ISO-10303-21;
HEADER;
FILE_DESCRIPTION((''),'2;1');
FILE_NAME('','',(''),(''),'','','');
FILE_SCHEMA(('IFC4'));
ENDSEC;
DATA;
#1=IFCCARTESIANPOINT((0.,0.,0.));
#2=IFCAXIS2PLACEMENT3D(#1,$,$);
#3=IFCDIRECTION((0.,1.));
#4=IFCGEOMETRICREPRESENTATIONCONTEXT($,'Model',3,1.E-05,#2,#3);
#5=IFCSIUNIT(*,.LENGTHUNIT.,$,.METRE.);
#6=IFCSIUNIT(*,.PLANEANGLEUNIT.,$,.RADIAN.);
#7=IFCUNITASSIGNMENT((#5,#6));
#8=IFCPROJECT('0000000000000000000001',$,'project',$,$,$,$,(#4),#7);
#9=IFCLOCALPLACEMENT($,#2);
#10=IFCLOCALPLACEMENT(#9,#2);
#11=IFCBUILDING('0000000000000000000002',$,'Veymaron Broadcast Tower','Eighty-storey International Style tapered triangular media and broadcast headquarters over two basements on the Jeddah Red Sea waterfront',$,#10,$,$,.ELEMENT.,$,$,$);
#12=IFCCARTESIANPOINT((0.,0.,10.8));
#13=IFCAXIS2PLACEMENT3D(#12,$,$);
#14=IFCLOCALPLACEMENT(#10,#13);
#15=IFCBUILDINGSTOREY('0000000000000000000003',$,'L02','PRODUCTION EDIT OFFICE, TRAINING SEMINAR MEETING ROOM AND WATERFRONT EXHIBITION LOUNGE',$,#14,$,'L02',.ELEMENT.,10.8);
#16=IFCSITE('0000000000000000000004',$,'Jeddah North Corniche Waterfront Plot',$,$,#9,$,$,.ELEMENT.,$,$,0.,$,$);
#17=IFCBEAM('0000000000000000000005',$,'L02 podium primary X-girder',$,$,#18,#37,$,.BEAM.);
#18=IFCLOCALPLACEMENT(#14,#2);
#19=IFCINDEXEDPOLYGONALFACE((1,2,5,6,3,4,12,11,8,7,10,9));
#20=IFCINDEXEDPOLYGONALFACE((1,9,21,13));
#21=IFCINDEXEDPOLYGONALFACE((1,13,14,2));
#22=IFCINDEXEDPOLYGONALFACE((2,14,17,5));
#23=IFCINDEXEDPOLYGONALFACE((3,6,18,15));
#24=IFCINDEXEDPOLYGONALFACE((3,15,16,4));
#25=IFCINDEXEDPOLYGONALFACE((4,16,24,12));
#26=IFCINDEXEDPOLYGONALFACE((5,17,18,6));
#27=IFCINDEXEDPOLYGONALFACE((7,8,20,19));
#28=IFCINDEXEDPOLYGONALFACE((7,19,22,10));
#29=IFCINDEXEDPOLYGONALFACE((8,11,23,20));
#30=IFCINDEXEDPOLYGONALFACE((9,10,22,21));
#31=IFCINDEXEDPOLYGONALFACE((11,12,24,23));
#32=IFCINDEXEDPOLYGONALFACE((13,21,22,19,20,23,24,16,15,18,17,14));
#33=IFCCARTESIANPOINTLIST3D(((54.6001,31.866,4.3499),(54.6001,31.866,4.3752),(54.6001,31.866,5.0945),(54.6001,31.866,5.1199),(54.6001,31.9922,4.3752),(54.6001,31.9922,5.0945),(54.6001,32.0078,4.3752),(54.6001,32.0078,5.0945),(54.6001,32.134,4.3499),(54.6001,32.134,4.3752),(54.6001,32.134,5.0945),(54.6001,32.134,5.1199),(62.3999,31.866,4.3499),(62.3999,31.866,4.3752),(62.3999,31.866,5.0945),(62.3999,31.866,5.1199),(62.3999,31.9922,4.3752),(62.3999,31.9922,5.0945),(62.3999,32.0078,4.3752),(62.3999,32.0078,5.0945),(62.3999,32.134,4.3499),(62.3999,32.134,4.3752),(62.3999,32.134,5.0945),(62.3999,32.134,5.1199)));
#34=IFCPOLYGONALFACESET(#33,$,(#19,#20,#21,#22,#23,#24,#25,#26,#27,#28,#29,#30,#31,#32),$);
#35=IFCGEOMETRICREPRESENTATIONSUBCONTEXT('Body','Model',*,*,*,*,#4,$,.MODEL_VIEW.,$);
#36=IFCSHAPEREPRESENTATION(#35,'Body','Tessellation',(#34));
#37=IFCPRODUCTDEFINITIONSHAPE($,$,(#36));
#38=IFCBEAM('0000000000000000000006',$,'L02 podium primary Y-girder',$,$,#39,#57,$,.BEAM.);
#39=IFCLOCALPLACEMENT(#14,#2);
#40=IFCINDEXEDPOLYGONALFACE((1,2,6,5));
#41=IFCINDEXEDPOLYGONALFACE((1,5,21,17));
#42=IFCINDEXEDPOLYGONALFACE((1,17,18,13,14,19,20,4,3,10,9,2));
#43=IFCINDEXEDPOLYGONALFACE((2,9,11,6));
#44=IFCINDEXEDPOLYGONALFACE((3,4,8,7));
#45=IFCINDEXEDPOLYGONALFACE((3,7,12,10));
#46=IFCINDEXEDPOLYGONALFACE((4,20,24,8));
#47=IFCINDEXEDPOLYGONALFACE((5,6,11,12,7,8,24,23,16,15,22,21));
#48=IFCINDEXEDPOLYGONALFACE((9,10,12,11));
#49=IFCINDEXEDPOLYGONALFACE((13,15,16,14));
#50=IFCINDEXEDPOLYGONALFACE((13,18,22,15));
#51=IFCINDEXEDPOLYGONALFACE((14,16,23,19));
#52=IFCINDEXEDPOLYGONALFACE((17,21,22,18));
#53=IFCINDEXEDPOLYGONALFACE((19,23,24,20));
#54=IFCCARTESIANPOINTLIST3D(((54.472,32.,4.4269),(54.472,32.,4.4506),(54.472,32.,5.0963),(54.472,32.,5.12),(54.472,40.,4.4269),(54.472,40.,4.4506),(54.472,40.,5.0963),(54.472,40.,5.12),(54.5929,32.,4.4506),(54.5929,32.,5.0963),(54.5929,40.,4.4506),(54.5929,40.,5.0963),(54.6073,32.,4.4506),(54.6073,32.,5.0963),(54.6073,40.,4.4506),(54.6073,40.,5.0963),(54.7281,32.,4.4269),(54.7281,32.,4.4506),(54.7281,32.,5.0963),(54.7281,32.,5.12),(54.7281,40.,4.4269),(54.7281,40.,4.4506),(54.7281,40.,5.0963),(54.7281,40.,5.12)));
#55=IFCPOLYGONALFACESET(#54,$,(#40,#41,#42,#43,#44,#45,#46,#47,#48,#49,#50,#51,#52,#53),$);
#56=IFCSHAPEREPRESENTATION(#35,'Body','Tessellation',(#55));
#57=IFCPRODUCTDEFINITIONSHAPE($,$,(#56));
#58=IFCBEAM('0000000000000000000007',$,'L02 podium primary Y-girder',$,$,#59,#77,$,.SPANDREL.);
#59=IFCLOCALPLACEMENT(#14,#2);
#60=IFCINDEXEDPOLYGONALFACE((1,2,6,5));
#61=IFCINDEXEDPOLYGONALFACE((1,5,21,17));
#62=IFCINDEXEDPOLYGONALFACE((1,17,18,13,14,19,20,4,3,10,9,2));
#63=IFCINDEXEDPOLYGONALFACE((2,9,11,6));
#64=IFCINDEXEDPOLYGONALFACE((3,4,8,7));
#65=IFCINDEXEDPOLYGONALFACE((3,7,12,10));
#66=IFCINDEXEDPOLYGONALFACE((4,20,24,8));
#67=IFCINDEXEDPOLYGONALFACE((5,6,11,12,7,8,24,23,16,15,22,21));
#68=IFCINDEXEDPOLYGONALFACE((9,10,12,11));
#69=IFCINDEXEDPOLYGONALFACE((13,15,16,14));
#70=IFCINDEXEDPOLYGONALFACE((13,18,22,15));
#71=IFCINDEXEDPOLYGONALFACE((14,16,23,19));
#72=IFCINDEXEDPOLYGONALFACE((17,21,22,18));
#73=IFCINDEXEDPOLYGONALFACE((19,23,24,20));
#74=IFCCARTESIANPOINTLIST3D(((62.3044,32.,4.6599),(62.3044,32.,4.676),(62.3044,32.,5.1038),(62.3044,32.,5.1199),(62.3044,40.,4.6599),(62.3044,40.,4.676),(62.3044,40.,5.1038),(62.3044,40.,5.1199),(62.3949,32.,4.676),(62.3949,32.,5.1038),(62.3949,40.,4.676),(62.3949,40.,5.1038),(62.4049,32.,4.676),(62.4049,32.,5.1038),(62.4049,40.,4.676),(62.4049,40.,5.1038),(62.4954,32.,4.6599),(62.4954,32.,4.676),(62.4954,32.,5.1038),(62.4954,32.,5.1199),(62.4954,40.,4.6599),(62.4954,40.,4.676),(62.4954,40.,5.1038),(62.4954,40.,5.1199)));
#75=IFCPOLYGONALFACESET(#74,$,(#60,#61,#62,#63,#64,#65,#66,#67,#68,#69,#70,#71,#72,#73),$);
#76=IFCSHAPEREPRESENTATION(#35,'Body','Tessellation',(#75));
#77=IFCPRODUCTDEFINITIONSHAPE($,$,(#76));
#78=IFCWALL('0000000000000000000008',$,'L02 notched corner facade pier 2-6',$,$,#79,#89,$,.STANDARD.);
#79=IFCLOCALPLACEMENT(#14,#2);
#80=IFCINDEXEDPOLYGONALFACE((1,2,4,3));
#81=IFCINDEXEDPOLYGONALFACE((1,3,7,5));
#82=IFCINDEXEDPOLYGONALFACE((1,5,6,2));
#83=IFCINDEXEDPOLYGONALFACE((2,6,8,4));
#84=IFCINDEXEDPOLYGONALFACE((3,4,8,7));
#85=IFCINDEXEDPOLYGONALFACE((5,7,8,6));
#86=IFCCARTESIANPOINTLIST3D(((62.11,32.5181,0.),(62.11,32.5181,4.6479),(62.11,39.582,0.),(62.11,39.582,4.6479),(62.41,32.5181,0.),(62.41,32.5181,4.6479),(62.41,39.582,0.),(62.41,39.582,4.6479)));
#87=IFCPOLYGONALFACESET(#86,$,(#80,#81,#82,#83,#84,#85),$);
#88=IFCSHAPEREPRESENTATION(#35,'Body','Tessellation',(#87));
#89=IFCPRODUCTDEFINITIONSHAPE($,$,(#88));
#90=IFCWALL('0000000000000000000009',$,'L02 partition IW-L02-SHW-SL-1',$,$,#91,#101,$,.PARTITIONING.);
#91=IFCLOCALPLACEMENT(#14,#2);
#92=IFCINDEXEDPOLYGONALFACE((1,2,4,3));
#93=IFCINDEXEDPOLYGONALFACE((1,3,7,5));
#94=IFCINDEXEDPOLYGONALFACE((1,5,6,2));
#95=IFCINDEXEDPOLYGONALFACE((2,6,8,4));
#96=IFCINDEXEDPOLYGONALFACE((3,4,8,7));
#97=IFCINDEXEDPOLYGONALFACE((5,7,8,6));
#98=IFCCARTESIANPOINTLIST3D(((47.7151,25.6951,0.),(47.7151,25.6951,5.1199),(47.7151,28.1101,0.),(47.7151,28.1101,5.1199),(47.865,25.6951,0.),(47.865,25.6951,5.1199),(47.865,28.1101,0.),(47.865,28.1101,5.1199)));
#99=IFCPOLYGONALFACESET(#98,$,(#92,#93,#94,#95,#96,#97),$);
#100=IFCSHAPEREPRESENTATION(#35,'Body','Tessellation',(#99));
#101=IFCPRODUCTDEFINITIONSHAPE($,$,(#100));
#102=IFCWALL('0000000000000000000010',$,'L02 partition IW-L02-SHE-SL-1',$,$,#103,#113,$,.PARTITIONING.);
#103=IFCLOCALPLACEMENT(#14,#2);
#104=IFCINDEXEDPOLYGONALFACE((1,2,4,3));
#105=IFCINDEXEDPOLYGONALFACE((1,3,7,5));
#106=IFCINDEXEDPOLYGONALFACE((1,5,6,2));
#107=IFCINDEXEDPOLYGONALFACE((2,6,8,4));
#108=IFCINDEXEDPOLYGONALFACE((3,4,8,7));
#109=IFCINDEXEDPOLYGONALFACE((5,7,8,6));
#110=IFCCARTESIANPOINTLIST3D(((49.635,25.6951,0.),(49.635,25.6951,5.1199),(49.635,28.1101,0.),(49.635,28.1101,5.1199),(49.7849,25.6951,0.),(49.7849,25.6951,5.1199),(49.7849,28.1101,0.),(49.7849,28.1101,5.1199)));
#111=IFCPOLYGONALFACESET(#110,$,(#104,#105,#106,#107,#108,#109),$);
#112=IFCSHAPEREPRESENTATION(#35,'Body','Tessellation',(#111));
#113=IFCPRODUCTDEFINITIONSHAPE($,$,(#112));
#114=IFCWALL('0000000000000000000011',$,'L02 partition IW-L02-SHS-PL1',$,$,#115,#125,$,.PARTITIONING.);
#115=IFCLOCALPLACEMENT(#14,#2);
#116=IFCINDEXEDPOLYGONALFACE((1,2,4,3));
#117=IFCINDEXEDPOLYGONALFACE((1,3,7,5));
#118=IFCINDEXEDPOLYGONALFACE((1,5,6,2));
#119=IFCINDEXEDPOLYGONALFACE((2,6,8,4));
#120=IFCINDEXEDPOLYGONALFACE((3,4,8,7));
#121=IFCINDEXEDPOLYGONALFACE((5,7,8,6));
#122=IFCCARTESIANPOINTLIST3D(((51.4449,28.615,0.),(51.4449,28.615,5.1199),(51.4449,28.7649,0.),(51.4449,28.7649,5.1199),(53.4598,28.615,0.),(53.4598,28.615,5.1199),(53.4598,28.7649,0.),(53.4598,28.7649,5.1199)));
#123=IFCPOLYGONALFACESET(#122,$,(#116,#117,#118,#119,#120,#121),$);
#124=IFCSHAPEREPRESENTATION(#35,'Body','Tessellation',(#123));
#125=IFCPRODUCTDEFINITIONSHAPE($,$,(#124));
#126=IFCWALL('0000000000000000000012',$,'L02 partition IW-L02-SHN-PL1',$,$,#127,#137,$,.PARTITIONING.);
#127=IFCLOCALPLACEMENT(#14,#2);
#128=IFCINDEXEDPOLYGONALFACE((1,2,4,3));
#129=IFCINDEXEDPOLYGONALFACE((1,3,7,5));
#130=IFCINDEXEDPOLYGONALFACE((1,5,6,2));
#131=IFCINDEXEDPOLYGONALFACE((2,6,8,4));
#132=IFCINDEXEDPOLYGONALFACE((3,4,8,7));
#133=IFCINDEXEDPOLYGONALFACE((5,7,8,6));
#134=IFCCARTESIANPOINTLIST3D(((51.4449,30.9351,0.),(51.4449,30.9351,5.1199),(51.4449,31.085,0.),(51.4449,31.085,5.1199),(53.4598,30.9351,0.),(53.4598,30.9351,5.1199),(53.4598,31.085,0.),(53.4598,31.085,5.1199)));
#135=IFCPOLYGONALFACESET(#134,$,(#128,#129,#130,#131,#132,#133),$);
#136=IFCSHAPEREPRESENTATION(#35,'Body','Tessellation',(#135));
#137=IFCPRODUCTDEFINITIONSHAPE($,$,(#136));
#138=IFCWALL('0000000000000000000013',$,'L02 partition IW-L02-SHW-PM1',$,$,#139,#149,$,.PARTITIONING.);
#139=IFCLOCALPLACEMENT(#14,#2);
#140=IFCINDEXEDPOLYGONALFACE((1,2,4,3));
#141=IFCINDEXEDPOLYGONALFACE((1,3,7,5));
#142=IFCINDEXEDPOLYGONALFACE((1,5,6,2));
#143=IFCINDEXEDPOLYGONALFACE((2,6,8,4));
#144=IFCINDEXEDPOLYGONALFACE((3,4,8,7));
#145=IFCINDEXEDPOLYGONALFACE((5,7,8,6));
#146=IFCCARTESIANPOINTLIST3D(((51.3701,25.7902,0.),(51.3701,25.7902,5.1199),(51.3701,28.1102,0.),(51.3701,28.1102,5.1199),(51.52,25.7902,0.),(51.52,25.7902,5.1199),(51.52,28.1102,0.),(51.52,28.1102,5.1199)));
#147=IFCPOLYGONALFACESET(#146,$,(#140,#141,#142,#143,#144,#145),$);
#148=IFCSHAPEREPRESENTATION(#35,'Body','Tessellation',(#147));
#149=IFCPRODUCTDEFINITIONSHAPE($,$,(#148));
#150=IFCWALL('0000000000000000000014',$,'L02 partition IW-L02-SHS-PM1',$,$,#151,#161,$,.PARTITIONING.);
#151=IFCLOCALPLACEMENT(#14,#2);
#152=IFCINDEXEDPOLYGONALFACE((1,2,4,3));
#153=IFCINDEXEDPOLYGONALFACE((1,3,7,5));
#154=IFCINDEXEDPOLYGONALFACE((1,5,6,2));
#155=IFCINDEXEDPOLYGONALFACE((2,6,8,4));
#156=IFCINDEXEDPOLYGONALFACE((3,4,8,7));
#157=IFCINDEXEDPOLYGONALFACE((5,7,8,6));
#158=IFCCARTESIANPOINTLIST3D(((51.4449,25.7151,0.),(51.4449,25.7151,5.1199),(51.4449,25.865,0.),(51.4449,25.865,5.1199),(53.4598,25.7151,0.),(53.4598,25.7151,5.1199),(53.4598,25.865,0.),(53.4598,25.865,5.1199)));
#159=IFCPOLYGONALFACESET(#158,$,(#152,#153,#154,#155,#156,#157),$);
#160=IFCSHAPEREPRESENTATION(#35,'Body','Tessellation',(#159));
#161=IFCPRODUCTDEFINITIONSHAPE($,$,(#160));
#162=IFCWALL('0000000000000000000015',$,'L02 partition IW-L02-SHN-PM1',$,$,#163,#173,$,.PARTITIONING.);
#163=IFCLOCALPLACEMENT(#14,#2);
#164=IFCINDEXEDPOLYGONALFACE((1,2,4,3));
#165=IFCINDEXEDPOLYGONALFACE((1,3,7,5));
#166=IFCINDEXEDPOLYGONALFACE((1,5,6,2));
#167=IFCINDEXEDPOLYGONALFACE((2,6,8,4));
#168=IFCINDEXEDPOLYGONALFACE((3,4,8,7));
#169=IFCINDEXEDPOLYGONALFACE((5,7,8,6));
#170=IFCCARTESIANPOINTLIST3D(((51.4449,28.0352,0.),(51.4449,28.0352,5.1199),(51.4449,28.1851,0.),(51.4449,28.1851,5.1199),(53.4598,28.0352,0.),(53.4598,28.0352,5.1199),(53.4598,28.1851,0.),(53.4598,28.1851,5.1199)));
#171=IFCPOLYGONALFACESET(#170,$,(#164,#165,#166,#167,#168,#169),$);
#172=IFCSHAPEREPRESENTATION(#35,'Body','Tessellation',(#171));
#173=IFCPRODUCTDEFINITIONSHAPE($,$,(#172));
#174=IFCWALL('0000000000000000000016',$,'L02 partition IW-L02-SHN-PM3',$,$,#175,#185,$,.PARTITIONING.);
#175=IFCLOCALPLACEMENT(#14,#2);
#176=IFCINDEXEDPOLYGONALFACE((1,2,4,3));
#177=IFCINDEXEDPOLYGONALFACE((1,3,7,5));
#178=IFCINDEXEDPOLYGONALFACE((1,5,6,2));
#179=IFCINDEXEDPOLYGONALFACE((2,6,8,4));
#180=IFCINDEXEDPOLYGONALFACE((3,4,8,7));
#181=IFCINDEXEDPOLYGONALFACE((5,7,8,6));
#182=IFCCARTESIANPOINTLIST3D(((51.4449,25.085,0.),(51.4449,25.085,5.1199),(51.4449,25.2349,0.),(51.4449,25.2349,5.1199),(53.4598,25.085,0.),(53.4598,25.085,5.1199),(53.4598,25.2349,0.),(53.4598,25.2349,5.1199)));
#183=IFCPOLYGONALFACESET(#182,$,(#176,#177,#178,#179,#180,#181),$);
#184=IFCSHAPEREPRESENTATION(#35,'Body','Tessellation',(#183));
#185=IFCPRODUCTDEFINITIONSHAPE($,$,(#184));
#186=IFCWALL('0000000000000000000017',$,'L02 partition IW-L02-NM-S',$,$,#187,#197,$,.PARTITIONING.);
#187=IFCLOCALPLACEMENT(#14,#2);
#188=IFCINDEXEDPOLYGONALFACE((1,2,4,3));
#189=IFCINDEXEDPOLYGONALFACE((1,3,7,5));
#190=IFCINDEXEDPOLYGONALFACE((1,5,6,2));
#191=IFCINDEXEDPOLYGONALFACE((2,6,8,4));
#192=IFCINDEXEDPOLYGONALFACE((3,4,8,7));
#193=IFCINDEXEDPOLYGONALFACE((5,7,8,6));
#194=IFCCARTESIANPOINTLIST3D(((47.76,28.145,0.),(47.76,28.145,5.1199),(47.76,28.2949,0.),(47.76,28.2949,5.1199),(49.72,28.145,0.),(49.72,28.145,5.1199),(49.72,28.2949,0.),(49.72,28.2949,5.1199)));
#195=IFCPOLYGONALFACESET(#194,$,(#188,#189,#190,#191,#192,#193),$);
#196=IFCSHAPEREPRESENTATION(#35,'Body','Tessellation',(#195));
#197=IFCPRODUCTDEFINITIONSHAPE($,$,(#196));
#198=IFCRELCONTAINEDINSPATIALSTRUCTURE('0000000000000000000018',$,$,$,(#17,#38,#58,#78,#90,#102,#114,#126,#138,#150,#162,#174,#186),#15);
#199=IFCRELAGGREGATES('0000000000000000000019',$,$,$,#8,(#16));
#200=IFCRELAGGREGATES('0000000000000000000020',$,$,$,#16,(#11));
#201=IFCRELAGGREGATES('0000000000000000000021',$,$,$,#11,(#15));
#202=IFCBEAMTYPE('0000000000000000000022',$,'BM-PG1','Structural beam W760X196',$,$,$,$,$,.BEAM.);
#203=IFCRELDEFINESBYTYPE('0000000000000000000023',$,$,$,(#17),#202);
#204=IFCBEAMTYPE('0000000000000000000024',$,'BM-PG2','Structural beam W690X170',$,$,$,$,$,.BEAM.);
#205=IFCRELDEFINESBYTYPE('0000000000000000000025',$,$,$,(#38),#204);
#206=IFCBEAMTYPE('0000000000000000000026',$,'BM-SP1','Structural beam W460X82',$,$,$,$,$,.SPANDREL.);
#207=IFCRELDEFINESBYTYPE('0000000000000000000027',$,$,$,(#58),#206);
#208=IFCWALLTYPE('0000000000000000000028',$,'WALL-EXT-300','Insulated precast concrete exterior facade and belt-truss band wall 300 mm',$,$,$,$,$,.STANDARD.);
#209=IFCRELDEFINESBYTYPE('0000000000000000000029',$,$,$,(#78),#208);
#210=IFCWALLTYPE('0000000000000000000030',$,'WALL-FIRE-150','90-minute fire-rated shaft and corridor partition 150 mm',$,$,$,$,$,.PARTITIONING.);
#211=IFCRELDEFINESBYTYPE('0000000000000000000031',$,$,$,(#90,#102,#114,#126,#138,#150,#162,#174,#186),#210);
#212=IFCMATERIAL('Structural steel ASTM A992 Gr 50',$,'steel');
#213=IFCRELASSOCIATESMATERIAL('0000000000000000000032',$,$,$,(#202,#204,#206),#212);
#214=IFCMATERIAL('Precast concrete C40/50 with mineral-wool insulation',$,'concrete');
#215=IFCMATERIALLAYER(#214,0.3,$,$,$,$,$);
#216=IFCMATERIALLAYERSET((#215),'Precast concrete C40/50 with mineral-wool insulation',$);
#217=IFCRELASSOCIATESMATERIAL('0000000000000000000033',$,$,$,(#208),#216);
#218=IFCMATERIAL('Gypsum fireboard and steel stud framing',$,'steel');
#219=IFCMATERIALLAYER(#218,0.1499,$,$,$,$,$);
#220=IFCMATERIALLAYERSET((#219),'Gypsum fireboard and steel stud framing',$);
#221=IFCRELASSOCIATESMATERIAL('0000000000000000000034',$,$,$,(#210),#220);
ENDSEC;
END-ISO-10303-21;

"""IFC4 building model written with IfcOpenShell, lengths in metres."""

from ifc_helpers import new_model, si_unit, direction, frame, frame_2d, origin, origin_2d, place, context, subcontext, project, spatial, rectangle, i_section, extrude, material, layer, layer_set, material_profile, profile_set, type_object, element, save


model = new_model("IFC4")

# Units and contexts
model_context = context("Model", 3, precision=1e-05, world=origin(), true_north=direction((0.0, 1.0)))
body_context = subcontext(model_context, "Body", "Model", "MODEL_VIEW")
ifc_project = project(units=[si_unit("LENGTHUNIT", "METRE"), si_unit("PLANEANGLEUNIT", "RADIAN")], contexts=[model_context])

# Site, building, storey
site_placement = place(None, origin())
site = spatial("IfcSite", under=ifc_project, at=site_placement, Name="Jeddah North Corniche Waterfront Plot", CompositionType="ELEMENT", RefElevation=0.0)
building_placement = place(site_placement, origin())
building = spatial("IfcBuilding", under=site, at=building_placement, Name="Veymaron Broadcast Tower", Description="Eighty-storey International Style tapered triangular media and broadcast headquarters over two basements on the Jeddah Red Sea waterfront", CompositionType="ELEMENT")
storey_placement = place(building_placement, frame((0.0, 0.0, 10.8)))
storey = spatial("IfcBuildingStorey", under=building, at=storey_placement, Name="L02", Description="PRODUCTION EDIT OFFICE, TRAINING SEMINAR MEETING ROOM AND WATERFRONT EXHIBITION LOUNGE", LongName="L02", CompositionType="ELEMENT", Elevation=10.8)

# Shared definitions
ifc_material_1 = material(Name="Structural steel ASTM A992 Gr 50", Category="steel")

# Beams
ifc_material_profile_1 = material_profile(ifc_material_1, i_section(OverallWidth=0.2681, OverallDepth=0.77, WebThickness=0.0156, FlangeThickness=0.0254, at=origin_2d()), Name="W760X196")
ifc_profile_set_1 = profile_set([ifc_material_profile_1], Name="Structural steel ASTM A992 Gr 50")
beam_type_1 = type_object("IfcBeamType", Name="BM-PG1", Description="Structural beam W760X196", PredefinedType="BEAM", material=ifc_profile_set_1)
beam_1_placement = place(storey_placement, frame((54.6001, 32.0, 4.7349), z_axis=(1.0, 0.0, 0.0), x_axis=(0.0, 1.0, 0.0)))
element("IfcBeam", 1, at=beam_1_placement, inside=storey, type_object=beam_type_1, Name="L02 podium primary X-girder", PredefinedType="BEAM", context=body_context, shape_type="SweptSolid", body=[
    extrude(i_section(OverallWidth=0.2681, OverallDepth=0.77, WebThickness=0.0156, FlangeThickness=0.0254, at=origin_2d()), origin(), (0.0, 0.0, 1.0), 7.7998),
])
ifc_material_profile_2 = material_profile(ifc_material_1, i_section(OverallWidth=0.2561, OverallDepth=0.6931, WebThickness=0.0144, FlangeThickness=0.0237, at=origin_2d()), Name="W690X170")
ifc_profile_set_2 = profile_set([ifc_material_profile_2], Name="Structural steel ASTM A992 Gr 50")
beam_type_2 = type_object("IfcBeamType", Name="BM-PG2", Description="Structural beam W690X170", PredefinedType="BEAM", material=ifc_profile_set_2)
beam_2_placement = place(storey_placement, frame((54.6001, 32.0, 4.7734), z_axis=(0.0, 1.0, 0.0), x_axis=(-1.0, 0.0, 0.0)))
element("IfcBeam", 2, at=beam_2_placement, inside=storey, type_object=beam_type_2, Name="L02 podium primary Y-girder", PredefinedType="BEAM", context=body_context, shape_type="SweptSolid", body=[
    extrude(i_section(OverallWidth=0.2561, OverallDepth=0.6931, WebThickness=0.0144, FlangeThickness=0.0237, at=origin_2d()), origin(), (0.0, 0.0, 1.0), 8.0),
])
ifc_material_profile_3 = material_profile(ifc_material_1, i_section(OverallWidth=0.1909, OverallDepth=0.46, WebThickness=0.01, FlangeThickness=0.0161, at=origin_2d()), Name="W460X82")
ifc_profile_set_3 = profile_set([ifc_material_profile_3], Name="Structural steel ASTM A992 Gr 50")
beam_type_3 = type_object("IfcBeamType", Name="BM-SP1", Description="Structural beam W460X82", PredefinedType="SPANDREL", material=ifc_profile_set_3)
beam_3_placement = place(storey_placement, frame((62.3999, 32.0, 4.8899), z_axis=(0.0, 1.0, 0.0), x_axis=(-1.0, 0.0, 0.0)))
element("IfcBeam", 3, at=beam_3_placement, inside=storey, type_object=beam_type_3, Name="L02 podium primary Y-girder", PredefinedType="SPANDREL", context=body_context, shape_type="SweptSolid", body=[
    extrude(i_section(OverallWidth=0.1909, OverallDepth=0.46, WebThickness=0.01, FlangeThickness=0.0161, at=origin_2d()), origin(), (0.0, 0.0, 1.0), 8.0),
])

# Wall
ifc_material_2 = material(Name="Precast concrete C40/50 with mineral-wool insulation", Category="concrete")
ifc_layer_1 = layer(ifc_material_2, 0.3)
ifc_layer_set_1 = layer_set([ifc_layer_1], Name="Precast concrete C40/50 with mineral-wool insulation")
wall_type_1 = type_object("IfcWallType", Name="WALL-EXT-300", Description="Insulated precast concrete exterior facade and belt-truss band wall 300 mm", PredefinedType="STANDARD", material=ifc_layer_set_1)
wall_1_placement = place(storey_placement, frame((62.26, 32.5181, 0.0), z_axis=(0.0, 0.0, 1.0), x_axis=(0.0, 1.0, 0.0)))
element("IfcWall", 4, at=wall_1_placement, inside=storey, type_object=wall_type_1, Name="L02 notched corner facade pier 2-6", PredefinedType="STANDARD", context=body_context, shape_type="SweptSolid", body=[
    extrude(rectangle(XDim=7.064, YDim=0.3, at=frame_2d((3.532, 0.0))), origin(), (0.0, 0.0, 1.0), 4.6479),
])

# Shared definitions
ifc_material_3 = material(Name="Gypsum fireboard and steel stud framing", Category="steel")
ifc_layer_2 = layer(ifc_material_3, 0.1499)
ifc_layer_set_2 = layer_set([ifc_layer_2], Name="Gypsum fireboard and steel stud framing")
wall_type_2 = type_object("IfcWallType", Name="WALL-FIRE-150", Description="90-minute fire-rated shaft and corridor partition 150 mm", PredefinedType="PARTITIONING", material=ifc_layer_set_2)

# Walls
for number, where, z_axis, x_axis, name in (
    (5, (47.79, 25.6951, 0.0), (0.0, 0.0, 1.0), (0.0, 1.0, 0.0), "L02 partition IW-L02-SHW-SL-1"),
    (6, (49.71, 25.6951, 0.0), (0.0, 0.0, 1.0), (0.0, 1.0, 0.0), "L02 partition IW-L02-SHE-SL-1"),
):
    element("IfcWall", number, at=place(storey_placement, frame(where, z_axis=z_axis, x_axis=x_axis)), inside=storey, type_object=wall_type_2, Name=name, PredefinedType="PARTITIONING", context=body_context, shape_type="SweptSolid", body=[
        extrude(rectangle(XDim=2.415, YDim=0.1499, at=frame_2d((1.2075, 0.0))), origin(), (0.0, 0.0, 1.0), 5.1199),
    ])

# Walls
for number, where, z_axis, x_axis, name in (
    (7, (51.4451, 28.6899, 0.0), (0.0, 0.0, 1.0), (1.0, 0.0, 0.0), "L02 partition IW-L02-SHS-PL1"),
    (8, (51.4451, 31.01, 0.0), (0.0, 0.0, 1.0), (1.0, 0.0, 0.0), "L02 partition IW-L02-SHN-PL1"),
):
    element("IfcWall", number, at=place(storey_placement, frame(where, z_axis=z_axis, x_axis=x_axis)), inside=storey, type_object=wall_type_2, Name=name, PredefinedType="PARTITIONING", context=body_context, shape_type="SweptSolid", body=[
        extrude(rectangle(XDim=2.0149, YDim=0.1499, at=frame_2d((1.0073, 0.0))), origin(), (0.0, 0.0, 1.0), 5.1199),
    ])
wall_2_placement = place(storey_placement, frame((51.4451, 25.79, 0.0), z_axis=(0.0, 0.0, 1.0), x_axis=(0.0, 1.0, 0.0)))
element("IfcWall", 9, at=wall_2_placement, inside=storey, type_object=wall_type_2, Name="L02 partition IW-L02-SHW-PM1", PredefinedType="PARTITIONING", context=body_context, shape_type="SweptSolid", body=[
    extrude(rectangle(XDim=2.3201, YDim=0.1499, at=frame_2d((1.1602, 0.0))), origin(), (0.0, 0.0, 1.0), 5.1199),
])
for number, where, z_axis, x_axis, name in (
    (10, (51.4451, 25.79, 0.0), (0.0, 0.0, 1.0), (1.0, 0.0, 0.0), "L02 partition IW-L02-SHS-PM1"),
    (11, (51.4451, 28.1101, 0.0), (0.0, 0.0, 1.0), (1.0, 0.0, 0.0), "L02 partition IW-L02-SHN-PM1"),
    (12, (51.4451, 25.1599, 0.0), (0.0, 0.0, 1.0), (1.0, 0.0, 0.0), "L02 partition IW-L02-SHN-PM3"),
):
    element("IfcWall", number, at=place(storey_placement, frame(where, z_axis=z_axis, x_axis=x_axis)), inside=storey, type_object=wall_type_2, Name=name, PredefinedType="PARTITIONING", context=body_context, shape_type="SweptSolid", body=[
        extrude(rectangle(XDim=2.0149, YDim=0.1499, at=frame_2d((1.0073, 0.0))), origin(), (0.0, 0.0, 1.0), 5.1199),
    ])
wall_3_placement = place(storey_placement, frame((47.76, 28.22, 0.0), z_axis=(0.0, 0.0, 1.0), x_axis=(1.0, 0.0, 0.0)))
element("IfcWall", 13, at=wall_3_placement, inside=storey, type_object=wall_type_2, Name="L02 partition IW-L02-NM-S", PredefinedType="PARTITIONING", context=body_context, shape_type="SweptSolid", body=[
    extrude(rectangle(XDim=1.96, YDim=0.1499, at=frame_2d((0.98, 0.0))), origin(), (0.0, 0.0, 1.0), 5.1199),
])

save(model, "model.ifc")
